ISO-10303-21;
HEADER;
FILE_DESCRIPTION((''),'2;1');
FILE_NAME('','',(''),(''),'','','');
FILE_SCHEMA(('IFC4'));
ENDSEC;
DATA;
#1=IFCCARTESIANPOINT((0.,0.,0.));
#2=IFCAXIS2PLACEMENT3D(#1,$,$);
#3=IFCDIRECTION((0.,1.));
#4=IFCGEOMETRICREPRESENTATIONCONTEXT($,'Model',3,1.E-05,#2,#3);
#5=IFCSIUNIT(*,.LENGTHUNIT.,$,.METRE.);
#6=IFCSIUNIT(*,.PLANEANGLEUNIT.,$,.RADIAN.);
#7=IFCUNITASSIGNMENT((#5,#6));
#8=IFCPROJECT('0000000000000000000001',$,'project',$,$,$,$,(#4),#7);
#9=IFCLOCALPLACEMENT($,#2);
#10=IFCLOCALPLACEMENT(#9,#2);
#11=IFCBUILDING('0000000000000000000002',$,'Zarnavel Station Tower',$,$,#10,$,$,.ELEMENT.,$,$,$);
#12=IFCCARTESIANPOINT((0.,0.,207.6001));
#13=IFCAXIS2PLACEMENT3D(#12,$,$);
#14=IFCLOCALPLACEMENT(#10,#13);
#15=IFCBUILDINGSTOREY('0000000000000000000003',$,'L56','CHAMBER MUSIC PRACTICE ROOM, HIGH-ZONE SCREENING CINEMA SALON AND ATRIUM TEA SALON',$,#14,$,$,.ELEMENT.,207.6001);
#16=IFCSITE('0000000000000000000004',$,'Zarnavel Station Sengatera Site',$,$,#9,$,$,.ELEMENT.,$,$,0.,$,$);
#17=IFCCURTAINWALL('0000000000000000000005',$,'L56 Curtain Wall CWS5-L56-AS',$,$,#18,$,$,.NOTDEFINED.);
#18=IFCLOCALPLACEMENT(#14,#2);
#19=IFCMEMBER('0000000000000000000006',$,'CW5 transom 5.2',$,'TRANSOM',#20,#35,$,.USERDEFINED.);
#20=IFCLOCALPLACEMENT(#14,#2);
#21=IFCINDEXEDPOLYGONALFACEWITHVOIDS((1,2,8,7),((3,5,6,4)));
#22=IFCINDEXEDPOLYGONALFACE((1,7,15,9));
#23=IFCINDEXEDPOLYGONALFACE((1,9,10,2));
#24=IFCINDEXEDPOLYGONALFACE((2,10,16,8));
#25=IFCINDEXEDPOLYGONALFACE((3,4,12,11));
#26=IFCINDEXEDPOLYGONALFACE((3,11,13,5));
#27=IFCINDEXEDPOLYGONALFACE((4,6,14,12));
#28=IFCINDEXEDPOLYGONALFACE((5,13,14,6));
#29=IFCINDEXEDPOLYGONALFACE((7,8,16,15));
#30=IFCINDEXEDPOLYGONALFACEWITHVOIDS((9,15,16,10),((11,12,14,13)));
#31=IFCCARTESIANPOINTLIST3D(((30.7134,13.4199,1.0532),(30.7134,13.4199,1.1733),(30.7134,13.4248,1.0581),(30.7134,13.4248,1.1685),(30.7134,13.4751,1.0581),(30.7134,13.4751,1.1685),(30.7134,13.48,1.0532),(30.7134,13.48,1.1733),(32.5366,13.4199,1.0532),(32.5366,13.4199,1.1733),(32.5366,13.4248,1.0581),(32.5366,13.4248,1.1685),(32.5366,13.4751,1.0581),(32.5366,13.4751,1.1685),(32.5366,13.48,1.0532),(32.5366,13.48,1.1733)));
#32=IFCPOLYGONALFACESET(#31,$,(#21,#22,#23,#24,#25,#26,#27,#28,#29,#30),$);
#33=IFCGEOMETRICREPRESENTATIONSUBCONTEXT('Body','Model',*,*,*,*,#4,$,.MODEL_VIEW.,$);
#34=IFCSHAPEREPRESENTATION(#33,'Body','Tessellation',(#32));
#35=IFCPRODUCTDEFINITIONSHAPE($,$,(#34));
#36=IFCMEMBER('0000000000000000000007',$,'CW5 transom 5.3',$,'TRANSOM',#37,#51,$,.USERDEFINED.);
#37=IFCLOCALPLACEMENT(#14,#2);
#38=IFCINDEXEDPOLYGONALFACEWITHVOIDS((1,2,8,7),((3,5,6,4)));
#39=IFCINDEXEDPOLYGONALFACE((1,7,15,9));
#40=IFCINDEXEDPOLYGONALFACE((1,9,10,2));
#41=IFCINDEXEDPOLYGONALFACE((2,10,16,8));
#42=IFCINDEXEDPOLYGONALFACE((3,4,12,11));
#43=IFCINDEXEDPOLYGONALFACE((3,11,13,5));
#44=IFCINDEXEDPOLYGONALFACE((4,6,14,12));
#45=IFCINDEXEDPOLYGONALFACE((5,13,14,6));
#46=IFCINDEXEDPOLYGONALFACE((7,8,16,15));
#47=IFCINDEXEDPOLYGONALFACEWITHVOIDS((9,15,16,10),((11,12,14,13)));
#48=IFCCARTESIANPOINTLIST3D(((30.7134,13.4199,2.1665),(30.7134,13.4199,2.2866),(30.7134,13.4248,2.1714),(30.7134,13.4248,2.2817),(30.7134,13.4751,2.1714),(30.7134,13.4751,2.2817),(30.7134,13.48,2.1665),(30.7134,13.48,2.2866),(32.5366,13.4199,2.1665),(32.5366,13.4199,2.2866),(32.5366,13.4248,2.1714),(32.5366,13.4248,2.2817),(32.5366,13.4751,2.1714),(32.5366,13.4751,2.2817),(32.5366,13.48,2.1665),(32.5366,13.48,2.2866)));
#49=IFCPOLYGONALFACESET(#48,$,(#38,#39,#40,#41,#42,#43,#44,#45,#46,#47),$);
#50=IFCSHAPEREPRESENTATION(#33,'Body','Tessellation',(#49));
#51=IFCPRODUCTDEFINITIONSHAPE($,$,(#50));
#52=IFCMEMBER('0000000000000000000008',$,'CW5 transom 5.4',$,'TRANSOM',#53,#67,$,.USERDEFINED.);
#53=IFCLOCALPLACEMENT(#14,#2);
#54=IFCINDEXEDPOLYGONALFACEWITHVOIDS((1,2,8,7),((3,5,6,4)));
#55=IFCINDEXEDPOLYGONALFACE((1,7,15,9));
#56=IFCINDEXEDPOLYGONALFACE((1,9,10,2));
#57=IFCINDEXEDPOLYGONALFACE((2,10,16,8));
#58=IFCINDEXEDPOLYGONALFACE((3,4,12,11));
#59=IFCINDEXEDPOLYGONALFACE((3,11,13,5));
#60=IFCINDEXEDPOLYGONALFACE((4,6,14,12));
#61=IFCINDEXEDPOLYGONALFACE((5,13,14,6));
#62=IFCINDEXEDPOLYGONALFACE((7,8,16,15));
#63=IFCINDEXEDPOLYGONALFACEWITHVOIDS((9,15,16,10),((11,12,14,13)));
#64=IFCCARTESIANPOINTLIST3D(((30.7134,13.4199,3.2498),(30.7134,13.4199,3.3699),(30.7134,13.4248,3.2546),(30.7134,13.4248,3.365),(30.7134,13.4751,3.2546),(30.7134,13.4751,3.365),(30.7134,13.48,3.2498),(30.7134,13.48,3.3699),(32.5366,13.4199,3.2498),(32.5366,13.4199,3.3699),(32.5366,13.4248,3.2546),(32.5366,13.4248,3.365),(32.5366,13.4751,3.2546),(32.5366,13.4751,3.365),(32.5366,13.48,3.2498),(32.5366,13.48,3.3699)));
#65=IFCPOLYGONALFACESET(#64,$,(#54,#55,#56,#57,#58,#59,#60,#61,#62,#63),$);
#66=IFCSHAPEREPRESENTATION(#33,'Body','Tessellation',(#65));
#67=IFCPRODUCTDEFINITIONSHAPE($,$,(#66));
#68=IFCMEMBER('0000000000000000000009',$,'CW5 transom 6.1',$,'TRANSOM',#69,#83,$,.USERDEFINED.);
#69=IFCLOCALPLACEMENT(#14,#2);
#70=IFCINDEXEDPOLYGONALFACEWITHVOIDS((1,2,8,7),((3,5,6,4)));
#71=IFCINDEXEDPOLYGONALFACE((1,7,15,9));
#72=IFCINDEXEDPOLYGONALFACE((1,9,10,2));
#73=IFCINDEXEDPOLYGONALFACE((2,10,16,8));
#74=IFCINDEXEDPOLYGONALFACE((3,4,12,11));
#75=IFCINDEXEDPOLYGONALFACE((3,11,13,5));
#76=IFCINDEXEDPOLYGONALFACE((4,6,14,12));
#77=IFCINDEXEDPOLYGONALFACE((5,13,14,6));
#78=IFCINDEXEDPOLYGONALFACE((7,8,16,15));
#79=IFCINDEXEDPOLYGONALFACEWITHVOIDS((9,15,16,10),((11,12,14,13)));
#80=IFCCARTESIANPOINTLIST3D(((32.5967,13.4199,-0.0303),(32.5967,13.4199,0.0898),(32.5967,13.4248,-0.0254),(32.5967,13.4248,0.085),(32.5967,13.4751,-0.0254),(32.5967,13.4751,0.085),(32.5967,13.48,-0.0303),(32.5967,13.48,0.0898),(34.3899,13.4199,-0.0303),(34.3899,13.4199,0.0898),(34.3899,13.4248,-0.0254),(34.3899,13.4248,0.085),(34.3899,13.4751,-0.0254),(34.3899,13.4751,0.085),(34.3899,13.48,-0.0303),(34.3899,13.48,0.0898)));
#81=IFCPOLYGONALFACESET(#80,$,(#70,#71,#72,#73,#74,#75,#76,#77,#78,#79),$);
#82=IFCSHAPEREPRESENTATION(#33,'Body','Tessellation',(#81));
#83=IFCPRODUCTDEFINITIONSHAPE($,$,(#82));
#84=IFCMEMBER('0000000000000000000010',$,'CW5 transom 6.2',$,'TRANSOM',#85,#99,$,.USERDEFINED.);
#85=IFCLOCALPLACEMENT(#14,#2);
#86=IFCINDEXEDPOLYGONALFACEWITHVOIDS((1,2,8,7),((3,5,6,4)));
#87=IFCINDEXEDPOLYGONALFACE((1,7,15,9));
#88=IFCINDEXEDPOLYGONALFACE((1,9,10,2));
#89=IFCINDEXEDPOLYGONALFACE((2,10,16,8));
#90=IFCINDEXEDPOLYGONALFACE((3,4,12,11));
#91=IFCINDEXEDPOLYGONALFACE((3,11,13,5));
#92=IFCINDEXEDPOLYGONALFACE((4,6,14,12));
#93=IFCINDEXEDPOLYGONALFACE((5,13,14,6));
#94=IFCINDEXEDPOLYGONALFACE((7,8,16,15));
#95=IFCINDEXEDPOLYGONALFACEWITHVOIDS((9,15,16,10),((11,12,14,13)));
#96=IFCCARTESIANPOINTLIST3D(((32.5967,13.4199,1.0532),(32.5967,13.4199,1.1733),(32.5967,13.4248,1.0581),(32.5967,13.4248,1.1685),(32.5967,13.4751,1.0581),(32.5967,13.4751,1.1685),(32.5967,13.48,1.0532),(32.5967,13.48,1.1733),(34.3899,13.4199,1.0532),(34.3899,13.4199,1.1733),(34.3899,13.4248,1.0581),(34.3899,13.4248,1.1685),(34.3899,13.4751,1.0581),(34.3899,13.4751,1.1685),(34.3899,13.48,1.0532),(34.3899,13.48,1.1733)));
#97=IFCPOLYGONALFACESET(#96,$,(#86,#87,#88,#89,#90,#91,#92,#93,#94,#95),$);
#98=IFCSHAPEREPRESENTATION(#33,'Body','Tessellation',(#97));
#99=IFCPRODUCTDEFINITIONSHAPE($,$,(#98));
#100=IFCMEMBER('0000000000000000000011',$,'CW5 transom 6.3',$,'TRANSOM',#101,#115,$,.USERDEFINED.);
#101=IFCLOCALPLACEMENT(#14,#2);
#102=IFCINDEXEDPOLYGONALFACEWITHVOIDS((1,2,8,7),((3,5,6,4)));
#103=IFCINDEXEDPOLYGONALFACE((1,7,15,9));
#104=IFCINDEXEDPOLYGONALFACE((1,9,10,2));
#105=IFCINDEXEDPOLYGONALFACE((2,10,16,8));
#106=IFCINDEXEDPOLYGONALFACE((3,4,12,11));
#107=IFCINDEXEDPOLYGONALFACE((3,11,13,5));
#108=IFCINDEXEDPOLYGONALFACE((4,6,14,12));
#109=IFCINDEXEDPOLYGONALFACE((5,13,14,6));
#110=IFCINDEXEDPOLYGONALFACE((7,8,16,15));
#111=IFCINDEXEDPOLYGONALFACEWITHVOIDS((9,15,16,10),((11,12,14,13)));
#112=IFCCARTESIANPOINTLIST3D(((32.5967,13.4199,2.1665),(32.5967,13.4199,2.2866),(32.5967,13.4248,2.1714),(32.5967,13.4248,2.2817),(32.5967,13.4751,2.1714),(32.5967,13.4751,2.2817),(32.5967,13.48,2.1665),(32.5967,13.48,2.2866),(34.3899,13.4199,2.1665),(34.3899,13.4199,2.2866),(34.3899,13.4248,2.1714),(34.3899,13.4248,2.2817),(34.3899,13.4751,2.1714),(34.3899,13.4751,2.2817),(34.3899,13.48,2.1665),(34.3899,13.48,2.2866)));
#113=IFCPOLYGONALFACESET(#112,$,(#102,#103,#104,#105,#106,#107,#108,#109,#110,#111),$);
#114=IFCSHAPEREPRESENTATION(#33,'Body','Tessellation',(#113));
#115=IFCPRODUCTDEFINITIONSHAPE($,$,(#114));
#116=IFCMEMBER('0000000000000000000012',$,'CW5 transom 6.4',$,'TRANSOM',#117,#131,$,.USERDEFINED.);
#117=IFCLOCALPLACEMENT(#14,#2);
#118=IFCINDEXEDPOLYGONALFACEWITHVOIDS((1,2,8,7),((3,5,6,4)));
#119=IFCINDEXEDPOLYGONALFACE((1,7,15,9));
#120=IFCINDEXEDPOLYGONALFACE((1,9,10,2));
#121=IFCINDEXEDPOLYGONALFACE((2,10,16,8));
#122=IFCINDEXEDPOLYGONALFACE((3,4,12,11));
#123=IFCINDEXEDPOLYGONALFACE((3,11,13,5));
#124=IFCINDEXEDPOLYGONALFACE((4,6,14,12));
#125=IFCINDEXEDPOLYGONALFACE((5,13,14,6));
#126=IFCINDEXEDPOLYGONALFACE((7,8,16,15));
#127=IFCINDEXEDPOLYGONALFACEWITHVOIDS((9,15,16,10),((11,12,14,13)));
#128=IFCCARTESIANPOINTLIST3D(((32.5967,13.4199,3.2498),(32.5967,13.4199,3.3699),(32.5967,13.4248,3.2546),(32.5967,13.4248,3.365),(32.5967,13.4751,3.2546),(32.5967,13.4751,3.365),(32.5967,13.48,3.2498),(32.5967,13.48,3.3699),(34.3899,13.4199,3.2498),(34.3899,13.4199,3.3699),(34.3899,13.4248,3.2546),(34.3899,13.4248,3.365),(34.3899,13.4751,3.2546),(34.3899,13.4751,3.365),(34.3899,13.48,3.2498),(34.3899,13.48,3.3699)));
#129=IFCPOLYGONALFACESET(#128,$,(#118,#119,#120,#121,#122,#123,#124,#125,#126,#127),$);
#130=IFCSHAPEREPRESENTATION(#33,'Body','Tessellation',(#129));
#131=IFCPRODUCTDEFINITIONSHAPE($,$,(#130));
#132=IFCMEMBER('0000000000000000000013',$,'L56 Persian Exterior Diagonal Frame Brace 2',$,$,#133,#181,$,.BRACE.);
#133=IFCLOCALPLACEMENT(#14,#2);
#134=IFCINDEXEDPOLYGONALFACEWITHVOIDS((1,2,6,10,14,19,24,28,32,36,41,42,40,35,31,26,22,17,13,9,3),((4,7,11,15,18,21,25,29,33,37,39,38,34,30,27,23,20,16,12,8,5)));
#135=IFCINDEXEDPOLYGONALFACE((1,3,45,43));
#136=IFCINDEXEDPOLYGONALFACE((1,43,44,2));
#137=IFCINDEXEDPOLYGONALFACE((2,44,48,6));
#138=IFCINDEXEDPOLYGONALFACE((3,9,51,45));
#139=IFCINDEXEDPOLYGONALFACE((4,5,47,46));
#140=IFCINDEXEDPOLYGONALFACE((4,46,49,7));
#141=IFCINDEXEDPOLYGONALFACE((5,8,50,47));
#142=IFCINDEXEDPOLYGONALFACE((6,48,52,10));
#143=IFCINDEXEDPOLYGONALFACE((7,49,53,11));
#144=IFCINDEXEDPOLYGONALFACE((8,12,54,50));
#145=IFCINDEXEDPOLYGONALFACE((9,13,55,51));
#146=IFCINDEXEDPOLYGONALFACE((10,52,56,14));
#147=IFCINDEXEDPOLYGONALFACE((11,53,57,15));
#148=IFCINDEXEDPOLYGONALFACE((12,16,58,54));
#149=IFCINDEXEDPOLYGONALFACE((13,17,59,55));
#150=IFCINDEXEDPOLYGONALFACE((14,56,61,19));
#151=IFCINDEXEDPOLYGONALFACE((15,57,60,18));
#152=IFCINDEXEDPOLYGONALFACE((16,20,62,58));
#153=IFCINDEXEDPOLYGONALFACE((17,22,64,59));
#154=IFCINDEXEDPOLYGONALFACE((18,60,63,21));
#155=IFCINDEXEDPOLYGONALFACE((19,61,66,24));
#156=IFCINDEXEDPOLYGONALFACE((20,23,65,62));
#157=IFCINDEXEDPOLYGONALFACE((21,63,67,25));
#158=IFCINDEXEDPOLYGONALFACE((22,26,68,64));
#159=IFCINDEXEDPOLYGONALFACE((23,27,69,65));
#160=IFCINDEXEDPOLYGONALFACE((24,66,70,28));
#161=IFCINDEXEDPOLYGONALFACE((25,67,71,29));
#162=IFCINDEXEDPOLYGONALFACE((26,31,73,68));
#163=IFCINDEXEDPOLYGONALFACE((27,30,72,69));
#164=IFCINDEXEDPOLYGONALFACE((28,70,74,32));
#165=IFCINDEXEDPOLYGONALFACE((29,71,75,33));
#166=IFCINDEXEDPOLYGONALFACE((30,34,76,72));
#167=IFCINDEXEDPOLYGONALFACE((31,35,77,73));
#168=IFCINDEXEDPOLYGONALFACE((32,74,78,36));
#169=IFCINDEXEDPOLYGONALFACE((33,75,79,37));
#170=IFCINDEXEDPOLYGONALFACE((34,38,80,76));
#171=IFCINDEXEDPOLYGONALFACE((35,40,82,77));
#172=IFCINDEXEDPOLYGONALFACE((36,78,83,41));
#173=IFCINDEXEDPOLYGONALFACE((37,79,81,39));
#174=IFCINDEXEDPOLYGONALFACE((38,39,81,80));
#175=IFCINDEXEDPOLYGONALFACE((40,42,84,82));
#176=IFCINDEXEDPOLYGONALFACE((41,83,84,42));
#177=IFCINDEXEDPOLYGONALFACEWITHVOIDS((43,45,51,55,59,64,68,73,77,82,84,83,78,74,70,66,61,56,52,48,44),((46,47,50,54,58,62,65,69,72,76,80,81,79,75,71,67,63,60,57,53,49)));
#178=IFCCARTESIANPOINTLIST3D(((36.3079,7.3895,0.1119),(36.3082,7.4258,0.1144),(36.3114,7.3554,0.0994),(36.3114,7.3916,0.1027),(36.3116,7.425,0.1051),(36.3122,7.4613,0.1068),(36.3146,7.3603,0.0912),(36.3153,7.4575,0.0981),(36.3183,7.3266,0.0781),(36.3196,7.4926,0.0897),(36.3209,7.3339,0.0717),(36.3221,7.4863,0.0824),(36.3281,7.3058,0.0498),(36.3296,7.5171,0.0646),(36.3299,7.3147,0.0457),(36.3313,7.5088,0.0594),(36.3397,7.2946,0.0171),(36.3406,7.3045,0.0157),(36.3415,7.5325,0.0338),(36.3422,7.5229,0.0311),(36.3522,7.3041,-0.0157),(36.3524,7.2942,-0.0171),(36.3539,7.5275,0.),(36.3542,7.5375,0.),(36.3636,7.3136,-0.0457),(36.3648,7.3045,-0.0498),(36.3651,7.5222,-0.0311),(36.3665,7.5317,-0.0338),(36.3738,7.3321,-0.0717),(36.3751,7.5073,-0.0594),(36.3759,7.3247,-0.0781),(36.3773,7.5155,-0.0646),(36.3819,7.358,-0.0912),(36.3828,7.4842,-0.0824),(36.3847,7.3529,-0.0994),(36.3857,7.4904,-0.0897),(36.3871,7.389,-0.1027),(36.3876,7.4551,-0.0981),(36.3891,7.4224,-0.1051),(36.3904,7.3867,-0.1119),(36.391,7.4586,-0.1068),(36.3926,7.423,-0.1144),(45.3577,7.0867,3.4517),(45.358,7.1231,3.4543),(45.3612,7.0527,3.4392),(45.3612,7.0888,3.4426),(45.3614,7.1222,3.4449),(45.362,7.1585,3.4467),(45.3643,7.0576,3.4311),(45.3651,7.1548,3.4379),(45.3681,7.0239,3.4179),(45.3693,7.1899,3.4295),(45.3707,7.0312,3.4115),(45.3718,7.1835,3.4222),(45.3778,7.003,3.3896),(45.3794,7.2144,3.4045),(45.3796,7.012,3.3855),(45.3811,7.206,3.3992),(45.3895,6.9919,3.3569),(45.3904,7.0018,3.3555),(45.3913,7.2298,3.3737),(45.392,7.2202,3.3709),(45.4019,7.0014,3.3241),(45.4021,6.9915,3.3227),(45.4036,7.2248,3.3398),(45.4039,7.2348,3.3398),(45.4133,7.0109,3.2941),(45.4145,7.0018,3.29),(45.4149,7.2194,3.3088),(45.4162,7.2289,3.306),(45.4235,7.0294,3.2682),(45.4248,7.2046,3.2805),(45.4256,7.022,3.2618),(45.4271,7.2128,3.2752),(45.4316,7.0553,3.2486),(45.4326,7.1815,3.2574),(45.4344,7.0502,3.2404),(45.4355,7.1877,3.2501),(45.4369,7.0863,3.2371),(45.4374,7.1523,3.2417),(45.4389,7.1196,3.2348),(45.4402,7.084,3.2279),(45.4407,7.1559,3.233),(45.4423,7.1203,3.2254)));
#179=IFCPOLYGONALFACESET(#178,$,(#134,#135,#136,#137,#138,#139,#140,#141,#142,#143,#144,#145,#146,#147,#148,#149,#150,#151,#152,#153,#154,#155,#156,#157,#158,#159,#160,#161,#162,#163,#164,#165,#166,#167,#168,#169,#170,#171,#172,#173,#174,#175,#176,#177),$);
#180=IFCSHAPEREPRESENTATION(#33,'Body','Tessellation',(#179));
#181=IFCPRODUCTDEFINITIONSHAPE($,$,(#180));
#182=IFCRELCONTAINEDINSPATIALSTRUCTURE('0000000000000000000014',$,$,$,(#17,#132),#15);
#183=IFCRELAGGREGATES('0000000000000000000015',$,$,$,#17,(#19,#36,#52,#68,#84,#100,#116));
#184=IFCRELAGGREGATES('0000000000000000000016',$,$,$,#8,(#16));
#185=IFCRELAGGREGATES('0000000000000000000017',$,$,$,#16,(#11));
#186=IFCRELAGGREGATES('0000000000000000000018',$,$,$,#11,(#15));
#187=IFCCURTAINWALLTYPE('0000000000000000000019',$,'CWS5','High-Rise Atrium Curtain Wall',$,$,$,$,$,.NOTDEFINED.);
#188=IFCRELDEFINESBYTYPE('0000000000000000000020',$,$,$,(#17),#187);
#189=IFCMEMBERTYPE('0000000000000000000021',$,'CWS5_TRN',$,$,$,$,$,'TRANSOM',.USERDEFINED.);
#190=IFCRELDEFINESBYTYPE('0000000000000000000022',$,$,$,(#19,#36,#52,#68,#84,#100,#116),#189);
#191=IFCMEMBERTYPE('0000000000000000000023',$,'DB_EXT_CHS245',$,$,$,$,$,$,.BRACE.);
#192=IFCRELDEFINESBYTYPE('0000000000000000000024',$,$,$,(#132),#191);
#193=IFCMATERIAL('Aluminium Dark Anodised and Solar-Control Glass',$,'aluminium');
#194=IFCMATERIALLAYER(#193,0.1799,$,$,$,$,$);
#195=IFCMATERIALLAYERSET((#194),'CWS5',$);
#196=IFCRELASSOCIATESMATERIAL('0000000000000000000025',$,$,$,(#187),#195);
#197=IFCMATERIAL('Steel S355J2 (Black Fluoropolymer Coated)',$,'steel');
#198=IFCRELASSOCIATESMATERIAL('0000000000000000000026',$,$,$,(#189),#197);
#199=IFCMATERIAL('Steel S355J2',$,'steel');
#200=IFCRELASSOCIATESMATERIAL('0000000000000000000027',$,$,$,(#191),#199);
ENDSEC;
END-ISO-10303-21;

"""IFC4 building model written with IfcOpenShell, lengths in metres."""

from ifc_helpers import new_model, si_unit, direction, frame, origin, origin_2d, place, context, subcontext, project, spatial, hollow_rectangle, hollow_circle, extrude, material, layer, layer_set, material_profile, profile_set, type_object, element, aggregate, save


model = new_model("IFC4")

# Units and contexts
model_context = context("Model", 3, precision=1e-05, world=origin(), true_north=direction((0.0, 1.0)))
body_context = subcontext(model_context, "Body", "Model", "MODEL_VIEW")
ifc_project = project(units=[si_unit("LENGTHUNIT", "METRE"), si_unit("PLANEANGLEUNIT", "RADIAN")], contexts=[model_context])

# Site, building, storey
site_placement = place(None, origin())
site = spatial("IfcSite", under=ifc_project, at=site_placement, Name="Zarnavel Station Sengatera Site", CompositionType="ELEMENT", RefElevation=0.0)
building_placement = place(site_placement, origin())
building = spatial("IfcBuilding", under=site, at=building_placement, Name="Zarnavel Station Tower", CompositionType="ELEMENT")
storey_placement = place(building_placement, frame((0.0, 0.0, 207.6001)))
storey = spatial("IfcBuildingStorey", under=building, at=storey_placement, Name="L56", Description="CHAMBER MUSIC PRACTICE ROOM, HIGH-ZONE SCREENING CINEMA SALON AND ATRIUM TEA SALON", CompositionType="ELEMENT", Elevation=207.6001)

# Curtain wall, members
ifc_material_1 = material(Name="Aluminium Dark Anodised and Solar-Control Glass", Category="aluminium")
ifc_layer_1 = layer(ifc_material_1, 0.1799)
ifc_layer_set_1 = layer_set([ifc_layer_1], Name="CWS5")
curtain_wall_type = type_object("IfcCurtainWallType", Name="CWS5", Description="High-Rise Atrium Curtain Wall", PredefinedType="NOTDEFINED", material=ifc_layer_set_1)
curtain_wall_placement = place(storey_placement, origin())
curtain_wall = element("IfcCurtainWall", 1, at=curtain_wall_placement, inside=storey, type_object=curtain_wall_type, Name="L56 Curtain Wall CWS5-L56-AS", PredefinedType="NOTDEFINED")
ifc_material_2 = material(Name="Steel S355J2 (Black Fluoropolymer Coated)", Category="steel")
ifc_material_profile_1 = material_profile(ifc_material_2, hollow_rectangle(XDim=0.0601, YDim=0.1201, WallThickness=0.0049, at=origin_2d()), Name="RHS120x60x5")
ifc_profile_set_1 = profile_set([ifc_material_profile_1], Name="Steel S355J2 (Black Fluoropolymer Coated)")
member_type_1 = type_object("IfcMemberType", Name="CWS5_TRN", ElementType="TRANSOM", PredefinedType="USERDEFINED", material=ifc_profile_set_1)
member_1_placement = place(storey_placement, frame((30.7134, 13.45, 1.1133), z_axis=(1.0, 0.0, 0.0), x_axis=(0.0, 1.0, 0.0)))
member_1 = element("IfcMember", 2, at=member_1_placement, type_object=member_type_1, Name="CW5 transom 5.2", ObjectType="TRANSOM", PredefinedType="USERDEFINED", context=body_context, shape_type="SweptSolid", body=[
    extrude(hollow_rectangle(XDim=0.0601, YDim=0.1201, WallThickness=0.0049, at=origin_2d()), origin(), (0.0, 0.0, 1.0), 1.8232),
])
member_2_placement = place(storey_placement, frame((30.7134, 13.45, 2.2266), z_axis=(1.0, 0.0, 0.0), x_axis=(0.0, 1.0, 0.0)))
member_2 = element("IfcMember", 3, at=member_2_placement, type_object=member_type_1, Name="CW5 transom 5.3", ObjectType="TRANSOM", PredefinedType="USERDEFINED", context=body_context, shape_type="SweptSolid", body=[
    extrude(hollow_rectangle(XDim=0.0601, YDim=0.1201, WallThickness=0.0049, at=origin_2d()), origin(), (0.0, 0.0, 1.0), 1.8232),
])
member_3_placement = place(storey_placement, frame((30.7134, 13.45, 3.3098), z_axis=(1.0, 0.0, 0.0), x_axis=(0.0, 1.0, 0.0)))
member_3 = element("IfcMember", 4, at=member_3_placement, type_object=member_type_1, Name="CW5 transom 5.4", ObjectType="TRANSOM", PredefinedType="USERDEFINED", context=body_context, shape_type="SweptSolid", body=[
    extrude(hollow_rectangle(XDim=0.0601, YDim=0.1201, WallThickness=0.0049, at=origin_2d()), origin(), (0.0, 0.0, 1.0), 1.8232),
])
member_4_placement = place(storey_placement, frame((32.5967, 13.45, 0.0298), z_axis=(1.0, 0.0, 0.0), x_axis=(0.0, 1.0, 0.0)))
member_4 = element("IfcMember", 5, at=member_4_placement, type_object=member_type_1, Name="CW5 transom 6.1", ObjectType="TRANSOM", PredefinedType="USERDEFINED", context=body_context, shape_type="SweptSolid", body=[
    extrude(hollow_rectangle(XDim=0.0601, YDim=0.1201, WallThickness=0.0049, at=origin_2d()), origin(), (0.0, 0.0, 1.0), 1.7932),
])
member_5_placement = place(storey_placement, frame((32.5967, 13.45, 1.1133), z_axis=(1.0, 0.0, 0.0), x_axis=(0.0, 1.0, 0.0)))
member_5 = element("IfcMember", 6, at=member_5_placement, type_object=member_type_1, Name="CW5 transom 6.2", ObjectType="TRANSOM", PredefinedType="USERDEFINED", context=body_context, shape_type="SweptSolid", body=[
    extrude(hollow_rectangle(XDim=0.0601, YDim=0.1201, WallThickness=0.0049, at=origin_2d()), origin(), (0.0, 0.0, 1.0), 1.7932),
])
member_6_placement = place(storey_placement, frame((32.5967, 13.45, 2.2266), z_axis=(1.0, 0.0, 0.0), x_axis=(0.0, 1.0, 0.0)))
member_6 = element("IfcMember", 7, at=member_6_placement, type_object=member_type_1, Name="CW5 transom 6.3", ObjectType="TRANSOM", PredefinedType="USERDEFINED", context=body_context, shape_type="SweptSolid", body=[
    extrude(hollow_rectangle(XDim=0.0601, YDim=0.1201, WallThickness=0.0049, at=origin_2d()), origin(), (0.0, 0.0, 1.0), 1.7932),
])
member_7_placement = place(storey_placement, frame((32.5967, 13.45, 3.3098), z_axis=(1.0, 0.0, 0.0), x_axis=(0.0, 1.0, 0.0)))
member_7 = element("IfcMember", 8, at=member_7_placement, type_object=member_type_1, Name="CW5 transom 6.4", ObjectType="TRANSOM", PredefinedType="USERDEFINED", context=body_context, shape_type="SweptSolid", body=[
    extrude(hollow_rectangle(XDim=0.0601, YDim=0.1201, WallThickness=0.0049, at=origin_2d()), origin(), (0.0, 0.0, 1.0), 1.7932),
])

# Member
ifc_material_3 = material(Name="Steel S355J2", Category="steel")
ifc_material_profile_2 = material_profile(ifc_material_3, hollow_circle(Radius=0.1223, WallThickness=0.01, at=origin_2d()), Name="CHS244.5x10")
ifc_profile_set_2 = profile_set([ifc_material_profile_2], Name="Steel S355J2")
member_type_2 = type_object("IfcMemberType", Name="DB_EXT_CHS245", PredefinedType="BRACE", material=ifc_profile_set_2)
member_8_placement = place(storey_placement, frame((36.3501, 7.4153, 0.0), z_axis=(0.937689, -0.031368, 0.346056), x_axis=(0.033433, 0.999441, 0.0)))
element("IfcMember", 9, at=member_8_placement, inside=storey, type_object=member_type_2, Name="L56 Persian Exterior Diagonal Frame Brace 2", PredefinedType="BRACE", context=body_context, shape_type="SweptSolid", body=[
    extrude(hollow_circle(Radius=0.1223, WallThickness=0.01, at=origin_2d()), origin(), (0.0, 0.0, 1.0), 9.6511),
])

aggregate(curtain_wall, [member_1, member_2, member_3, member_4, member_5, member_6, member_7])

save(model, "model.ifc")
